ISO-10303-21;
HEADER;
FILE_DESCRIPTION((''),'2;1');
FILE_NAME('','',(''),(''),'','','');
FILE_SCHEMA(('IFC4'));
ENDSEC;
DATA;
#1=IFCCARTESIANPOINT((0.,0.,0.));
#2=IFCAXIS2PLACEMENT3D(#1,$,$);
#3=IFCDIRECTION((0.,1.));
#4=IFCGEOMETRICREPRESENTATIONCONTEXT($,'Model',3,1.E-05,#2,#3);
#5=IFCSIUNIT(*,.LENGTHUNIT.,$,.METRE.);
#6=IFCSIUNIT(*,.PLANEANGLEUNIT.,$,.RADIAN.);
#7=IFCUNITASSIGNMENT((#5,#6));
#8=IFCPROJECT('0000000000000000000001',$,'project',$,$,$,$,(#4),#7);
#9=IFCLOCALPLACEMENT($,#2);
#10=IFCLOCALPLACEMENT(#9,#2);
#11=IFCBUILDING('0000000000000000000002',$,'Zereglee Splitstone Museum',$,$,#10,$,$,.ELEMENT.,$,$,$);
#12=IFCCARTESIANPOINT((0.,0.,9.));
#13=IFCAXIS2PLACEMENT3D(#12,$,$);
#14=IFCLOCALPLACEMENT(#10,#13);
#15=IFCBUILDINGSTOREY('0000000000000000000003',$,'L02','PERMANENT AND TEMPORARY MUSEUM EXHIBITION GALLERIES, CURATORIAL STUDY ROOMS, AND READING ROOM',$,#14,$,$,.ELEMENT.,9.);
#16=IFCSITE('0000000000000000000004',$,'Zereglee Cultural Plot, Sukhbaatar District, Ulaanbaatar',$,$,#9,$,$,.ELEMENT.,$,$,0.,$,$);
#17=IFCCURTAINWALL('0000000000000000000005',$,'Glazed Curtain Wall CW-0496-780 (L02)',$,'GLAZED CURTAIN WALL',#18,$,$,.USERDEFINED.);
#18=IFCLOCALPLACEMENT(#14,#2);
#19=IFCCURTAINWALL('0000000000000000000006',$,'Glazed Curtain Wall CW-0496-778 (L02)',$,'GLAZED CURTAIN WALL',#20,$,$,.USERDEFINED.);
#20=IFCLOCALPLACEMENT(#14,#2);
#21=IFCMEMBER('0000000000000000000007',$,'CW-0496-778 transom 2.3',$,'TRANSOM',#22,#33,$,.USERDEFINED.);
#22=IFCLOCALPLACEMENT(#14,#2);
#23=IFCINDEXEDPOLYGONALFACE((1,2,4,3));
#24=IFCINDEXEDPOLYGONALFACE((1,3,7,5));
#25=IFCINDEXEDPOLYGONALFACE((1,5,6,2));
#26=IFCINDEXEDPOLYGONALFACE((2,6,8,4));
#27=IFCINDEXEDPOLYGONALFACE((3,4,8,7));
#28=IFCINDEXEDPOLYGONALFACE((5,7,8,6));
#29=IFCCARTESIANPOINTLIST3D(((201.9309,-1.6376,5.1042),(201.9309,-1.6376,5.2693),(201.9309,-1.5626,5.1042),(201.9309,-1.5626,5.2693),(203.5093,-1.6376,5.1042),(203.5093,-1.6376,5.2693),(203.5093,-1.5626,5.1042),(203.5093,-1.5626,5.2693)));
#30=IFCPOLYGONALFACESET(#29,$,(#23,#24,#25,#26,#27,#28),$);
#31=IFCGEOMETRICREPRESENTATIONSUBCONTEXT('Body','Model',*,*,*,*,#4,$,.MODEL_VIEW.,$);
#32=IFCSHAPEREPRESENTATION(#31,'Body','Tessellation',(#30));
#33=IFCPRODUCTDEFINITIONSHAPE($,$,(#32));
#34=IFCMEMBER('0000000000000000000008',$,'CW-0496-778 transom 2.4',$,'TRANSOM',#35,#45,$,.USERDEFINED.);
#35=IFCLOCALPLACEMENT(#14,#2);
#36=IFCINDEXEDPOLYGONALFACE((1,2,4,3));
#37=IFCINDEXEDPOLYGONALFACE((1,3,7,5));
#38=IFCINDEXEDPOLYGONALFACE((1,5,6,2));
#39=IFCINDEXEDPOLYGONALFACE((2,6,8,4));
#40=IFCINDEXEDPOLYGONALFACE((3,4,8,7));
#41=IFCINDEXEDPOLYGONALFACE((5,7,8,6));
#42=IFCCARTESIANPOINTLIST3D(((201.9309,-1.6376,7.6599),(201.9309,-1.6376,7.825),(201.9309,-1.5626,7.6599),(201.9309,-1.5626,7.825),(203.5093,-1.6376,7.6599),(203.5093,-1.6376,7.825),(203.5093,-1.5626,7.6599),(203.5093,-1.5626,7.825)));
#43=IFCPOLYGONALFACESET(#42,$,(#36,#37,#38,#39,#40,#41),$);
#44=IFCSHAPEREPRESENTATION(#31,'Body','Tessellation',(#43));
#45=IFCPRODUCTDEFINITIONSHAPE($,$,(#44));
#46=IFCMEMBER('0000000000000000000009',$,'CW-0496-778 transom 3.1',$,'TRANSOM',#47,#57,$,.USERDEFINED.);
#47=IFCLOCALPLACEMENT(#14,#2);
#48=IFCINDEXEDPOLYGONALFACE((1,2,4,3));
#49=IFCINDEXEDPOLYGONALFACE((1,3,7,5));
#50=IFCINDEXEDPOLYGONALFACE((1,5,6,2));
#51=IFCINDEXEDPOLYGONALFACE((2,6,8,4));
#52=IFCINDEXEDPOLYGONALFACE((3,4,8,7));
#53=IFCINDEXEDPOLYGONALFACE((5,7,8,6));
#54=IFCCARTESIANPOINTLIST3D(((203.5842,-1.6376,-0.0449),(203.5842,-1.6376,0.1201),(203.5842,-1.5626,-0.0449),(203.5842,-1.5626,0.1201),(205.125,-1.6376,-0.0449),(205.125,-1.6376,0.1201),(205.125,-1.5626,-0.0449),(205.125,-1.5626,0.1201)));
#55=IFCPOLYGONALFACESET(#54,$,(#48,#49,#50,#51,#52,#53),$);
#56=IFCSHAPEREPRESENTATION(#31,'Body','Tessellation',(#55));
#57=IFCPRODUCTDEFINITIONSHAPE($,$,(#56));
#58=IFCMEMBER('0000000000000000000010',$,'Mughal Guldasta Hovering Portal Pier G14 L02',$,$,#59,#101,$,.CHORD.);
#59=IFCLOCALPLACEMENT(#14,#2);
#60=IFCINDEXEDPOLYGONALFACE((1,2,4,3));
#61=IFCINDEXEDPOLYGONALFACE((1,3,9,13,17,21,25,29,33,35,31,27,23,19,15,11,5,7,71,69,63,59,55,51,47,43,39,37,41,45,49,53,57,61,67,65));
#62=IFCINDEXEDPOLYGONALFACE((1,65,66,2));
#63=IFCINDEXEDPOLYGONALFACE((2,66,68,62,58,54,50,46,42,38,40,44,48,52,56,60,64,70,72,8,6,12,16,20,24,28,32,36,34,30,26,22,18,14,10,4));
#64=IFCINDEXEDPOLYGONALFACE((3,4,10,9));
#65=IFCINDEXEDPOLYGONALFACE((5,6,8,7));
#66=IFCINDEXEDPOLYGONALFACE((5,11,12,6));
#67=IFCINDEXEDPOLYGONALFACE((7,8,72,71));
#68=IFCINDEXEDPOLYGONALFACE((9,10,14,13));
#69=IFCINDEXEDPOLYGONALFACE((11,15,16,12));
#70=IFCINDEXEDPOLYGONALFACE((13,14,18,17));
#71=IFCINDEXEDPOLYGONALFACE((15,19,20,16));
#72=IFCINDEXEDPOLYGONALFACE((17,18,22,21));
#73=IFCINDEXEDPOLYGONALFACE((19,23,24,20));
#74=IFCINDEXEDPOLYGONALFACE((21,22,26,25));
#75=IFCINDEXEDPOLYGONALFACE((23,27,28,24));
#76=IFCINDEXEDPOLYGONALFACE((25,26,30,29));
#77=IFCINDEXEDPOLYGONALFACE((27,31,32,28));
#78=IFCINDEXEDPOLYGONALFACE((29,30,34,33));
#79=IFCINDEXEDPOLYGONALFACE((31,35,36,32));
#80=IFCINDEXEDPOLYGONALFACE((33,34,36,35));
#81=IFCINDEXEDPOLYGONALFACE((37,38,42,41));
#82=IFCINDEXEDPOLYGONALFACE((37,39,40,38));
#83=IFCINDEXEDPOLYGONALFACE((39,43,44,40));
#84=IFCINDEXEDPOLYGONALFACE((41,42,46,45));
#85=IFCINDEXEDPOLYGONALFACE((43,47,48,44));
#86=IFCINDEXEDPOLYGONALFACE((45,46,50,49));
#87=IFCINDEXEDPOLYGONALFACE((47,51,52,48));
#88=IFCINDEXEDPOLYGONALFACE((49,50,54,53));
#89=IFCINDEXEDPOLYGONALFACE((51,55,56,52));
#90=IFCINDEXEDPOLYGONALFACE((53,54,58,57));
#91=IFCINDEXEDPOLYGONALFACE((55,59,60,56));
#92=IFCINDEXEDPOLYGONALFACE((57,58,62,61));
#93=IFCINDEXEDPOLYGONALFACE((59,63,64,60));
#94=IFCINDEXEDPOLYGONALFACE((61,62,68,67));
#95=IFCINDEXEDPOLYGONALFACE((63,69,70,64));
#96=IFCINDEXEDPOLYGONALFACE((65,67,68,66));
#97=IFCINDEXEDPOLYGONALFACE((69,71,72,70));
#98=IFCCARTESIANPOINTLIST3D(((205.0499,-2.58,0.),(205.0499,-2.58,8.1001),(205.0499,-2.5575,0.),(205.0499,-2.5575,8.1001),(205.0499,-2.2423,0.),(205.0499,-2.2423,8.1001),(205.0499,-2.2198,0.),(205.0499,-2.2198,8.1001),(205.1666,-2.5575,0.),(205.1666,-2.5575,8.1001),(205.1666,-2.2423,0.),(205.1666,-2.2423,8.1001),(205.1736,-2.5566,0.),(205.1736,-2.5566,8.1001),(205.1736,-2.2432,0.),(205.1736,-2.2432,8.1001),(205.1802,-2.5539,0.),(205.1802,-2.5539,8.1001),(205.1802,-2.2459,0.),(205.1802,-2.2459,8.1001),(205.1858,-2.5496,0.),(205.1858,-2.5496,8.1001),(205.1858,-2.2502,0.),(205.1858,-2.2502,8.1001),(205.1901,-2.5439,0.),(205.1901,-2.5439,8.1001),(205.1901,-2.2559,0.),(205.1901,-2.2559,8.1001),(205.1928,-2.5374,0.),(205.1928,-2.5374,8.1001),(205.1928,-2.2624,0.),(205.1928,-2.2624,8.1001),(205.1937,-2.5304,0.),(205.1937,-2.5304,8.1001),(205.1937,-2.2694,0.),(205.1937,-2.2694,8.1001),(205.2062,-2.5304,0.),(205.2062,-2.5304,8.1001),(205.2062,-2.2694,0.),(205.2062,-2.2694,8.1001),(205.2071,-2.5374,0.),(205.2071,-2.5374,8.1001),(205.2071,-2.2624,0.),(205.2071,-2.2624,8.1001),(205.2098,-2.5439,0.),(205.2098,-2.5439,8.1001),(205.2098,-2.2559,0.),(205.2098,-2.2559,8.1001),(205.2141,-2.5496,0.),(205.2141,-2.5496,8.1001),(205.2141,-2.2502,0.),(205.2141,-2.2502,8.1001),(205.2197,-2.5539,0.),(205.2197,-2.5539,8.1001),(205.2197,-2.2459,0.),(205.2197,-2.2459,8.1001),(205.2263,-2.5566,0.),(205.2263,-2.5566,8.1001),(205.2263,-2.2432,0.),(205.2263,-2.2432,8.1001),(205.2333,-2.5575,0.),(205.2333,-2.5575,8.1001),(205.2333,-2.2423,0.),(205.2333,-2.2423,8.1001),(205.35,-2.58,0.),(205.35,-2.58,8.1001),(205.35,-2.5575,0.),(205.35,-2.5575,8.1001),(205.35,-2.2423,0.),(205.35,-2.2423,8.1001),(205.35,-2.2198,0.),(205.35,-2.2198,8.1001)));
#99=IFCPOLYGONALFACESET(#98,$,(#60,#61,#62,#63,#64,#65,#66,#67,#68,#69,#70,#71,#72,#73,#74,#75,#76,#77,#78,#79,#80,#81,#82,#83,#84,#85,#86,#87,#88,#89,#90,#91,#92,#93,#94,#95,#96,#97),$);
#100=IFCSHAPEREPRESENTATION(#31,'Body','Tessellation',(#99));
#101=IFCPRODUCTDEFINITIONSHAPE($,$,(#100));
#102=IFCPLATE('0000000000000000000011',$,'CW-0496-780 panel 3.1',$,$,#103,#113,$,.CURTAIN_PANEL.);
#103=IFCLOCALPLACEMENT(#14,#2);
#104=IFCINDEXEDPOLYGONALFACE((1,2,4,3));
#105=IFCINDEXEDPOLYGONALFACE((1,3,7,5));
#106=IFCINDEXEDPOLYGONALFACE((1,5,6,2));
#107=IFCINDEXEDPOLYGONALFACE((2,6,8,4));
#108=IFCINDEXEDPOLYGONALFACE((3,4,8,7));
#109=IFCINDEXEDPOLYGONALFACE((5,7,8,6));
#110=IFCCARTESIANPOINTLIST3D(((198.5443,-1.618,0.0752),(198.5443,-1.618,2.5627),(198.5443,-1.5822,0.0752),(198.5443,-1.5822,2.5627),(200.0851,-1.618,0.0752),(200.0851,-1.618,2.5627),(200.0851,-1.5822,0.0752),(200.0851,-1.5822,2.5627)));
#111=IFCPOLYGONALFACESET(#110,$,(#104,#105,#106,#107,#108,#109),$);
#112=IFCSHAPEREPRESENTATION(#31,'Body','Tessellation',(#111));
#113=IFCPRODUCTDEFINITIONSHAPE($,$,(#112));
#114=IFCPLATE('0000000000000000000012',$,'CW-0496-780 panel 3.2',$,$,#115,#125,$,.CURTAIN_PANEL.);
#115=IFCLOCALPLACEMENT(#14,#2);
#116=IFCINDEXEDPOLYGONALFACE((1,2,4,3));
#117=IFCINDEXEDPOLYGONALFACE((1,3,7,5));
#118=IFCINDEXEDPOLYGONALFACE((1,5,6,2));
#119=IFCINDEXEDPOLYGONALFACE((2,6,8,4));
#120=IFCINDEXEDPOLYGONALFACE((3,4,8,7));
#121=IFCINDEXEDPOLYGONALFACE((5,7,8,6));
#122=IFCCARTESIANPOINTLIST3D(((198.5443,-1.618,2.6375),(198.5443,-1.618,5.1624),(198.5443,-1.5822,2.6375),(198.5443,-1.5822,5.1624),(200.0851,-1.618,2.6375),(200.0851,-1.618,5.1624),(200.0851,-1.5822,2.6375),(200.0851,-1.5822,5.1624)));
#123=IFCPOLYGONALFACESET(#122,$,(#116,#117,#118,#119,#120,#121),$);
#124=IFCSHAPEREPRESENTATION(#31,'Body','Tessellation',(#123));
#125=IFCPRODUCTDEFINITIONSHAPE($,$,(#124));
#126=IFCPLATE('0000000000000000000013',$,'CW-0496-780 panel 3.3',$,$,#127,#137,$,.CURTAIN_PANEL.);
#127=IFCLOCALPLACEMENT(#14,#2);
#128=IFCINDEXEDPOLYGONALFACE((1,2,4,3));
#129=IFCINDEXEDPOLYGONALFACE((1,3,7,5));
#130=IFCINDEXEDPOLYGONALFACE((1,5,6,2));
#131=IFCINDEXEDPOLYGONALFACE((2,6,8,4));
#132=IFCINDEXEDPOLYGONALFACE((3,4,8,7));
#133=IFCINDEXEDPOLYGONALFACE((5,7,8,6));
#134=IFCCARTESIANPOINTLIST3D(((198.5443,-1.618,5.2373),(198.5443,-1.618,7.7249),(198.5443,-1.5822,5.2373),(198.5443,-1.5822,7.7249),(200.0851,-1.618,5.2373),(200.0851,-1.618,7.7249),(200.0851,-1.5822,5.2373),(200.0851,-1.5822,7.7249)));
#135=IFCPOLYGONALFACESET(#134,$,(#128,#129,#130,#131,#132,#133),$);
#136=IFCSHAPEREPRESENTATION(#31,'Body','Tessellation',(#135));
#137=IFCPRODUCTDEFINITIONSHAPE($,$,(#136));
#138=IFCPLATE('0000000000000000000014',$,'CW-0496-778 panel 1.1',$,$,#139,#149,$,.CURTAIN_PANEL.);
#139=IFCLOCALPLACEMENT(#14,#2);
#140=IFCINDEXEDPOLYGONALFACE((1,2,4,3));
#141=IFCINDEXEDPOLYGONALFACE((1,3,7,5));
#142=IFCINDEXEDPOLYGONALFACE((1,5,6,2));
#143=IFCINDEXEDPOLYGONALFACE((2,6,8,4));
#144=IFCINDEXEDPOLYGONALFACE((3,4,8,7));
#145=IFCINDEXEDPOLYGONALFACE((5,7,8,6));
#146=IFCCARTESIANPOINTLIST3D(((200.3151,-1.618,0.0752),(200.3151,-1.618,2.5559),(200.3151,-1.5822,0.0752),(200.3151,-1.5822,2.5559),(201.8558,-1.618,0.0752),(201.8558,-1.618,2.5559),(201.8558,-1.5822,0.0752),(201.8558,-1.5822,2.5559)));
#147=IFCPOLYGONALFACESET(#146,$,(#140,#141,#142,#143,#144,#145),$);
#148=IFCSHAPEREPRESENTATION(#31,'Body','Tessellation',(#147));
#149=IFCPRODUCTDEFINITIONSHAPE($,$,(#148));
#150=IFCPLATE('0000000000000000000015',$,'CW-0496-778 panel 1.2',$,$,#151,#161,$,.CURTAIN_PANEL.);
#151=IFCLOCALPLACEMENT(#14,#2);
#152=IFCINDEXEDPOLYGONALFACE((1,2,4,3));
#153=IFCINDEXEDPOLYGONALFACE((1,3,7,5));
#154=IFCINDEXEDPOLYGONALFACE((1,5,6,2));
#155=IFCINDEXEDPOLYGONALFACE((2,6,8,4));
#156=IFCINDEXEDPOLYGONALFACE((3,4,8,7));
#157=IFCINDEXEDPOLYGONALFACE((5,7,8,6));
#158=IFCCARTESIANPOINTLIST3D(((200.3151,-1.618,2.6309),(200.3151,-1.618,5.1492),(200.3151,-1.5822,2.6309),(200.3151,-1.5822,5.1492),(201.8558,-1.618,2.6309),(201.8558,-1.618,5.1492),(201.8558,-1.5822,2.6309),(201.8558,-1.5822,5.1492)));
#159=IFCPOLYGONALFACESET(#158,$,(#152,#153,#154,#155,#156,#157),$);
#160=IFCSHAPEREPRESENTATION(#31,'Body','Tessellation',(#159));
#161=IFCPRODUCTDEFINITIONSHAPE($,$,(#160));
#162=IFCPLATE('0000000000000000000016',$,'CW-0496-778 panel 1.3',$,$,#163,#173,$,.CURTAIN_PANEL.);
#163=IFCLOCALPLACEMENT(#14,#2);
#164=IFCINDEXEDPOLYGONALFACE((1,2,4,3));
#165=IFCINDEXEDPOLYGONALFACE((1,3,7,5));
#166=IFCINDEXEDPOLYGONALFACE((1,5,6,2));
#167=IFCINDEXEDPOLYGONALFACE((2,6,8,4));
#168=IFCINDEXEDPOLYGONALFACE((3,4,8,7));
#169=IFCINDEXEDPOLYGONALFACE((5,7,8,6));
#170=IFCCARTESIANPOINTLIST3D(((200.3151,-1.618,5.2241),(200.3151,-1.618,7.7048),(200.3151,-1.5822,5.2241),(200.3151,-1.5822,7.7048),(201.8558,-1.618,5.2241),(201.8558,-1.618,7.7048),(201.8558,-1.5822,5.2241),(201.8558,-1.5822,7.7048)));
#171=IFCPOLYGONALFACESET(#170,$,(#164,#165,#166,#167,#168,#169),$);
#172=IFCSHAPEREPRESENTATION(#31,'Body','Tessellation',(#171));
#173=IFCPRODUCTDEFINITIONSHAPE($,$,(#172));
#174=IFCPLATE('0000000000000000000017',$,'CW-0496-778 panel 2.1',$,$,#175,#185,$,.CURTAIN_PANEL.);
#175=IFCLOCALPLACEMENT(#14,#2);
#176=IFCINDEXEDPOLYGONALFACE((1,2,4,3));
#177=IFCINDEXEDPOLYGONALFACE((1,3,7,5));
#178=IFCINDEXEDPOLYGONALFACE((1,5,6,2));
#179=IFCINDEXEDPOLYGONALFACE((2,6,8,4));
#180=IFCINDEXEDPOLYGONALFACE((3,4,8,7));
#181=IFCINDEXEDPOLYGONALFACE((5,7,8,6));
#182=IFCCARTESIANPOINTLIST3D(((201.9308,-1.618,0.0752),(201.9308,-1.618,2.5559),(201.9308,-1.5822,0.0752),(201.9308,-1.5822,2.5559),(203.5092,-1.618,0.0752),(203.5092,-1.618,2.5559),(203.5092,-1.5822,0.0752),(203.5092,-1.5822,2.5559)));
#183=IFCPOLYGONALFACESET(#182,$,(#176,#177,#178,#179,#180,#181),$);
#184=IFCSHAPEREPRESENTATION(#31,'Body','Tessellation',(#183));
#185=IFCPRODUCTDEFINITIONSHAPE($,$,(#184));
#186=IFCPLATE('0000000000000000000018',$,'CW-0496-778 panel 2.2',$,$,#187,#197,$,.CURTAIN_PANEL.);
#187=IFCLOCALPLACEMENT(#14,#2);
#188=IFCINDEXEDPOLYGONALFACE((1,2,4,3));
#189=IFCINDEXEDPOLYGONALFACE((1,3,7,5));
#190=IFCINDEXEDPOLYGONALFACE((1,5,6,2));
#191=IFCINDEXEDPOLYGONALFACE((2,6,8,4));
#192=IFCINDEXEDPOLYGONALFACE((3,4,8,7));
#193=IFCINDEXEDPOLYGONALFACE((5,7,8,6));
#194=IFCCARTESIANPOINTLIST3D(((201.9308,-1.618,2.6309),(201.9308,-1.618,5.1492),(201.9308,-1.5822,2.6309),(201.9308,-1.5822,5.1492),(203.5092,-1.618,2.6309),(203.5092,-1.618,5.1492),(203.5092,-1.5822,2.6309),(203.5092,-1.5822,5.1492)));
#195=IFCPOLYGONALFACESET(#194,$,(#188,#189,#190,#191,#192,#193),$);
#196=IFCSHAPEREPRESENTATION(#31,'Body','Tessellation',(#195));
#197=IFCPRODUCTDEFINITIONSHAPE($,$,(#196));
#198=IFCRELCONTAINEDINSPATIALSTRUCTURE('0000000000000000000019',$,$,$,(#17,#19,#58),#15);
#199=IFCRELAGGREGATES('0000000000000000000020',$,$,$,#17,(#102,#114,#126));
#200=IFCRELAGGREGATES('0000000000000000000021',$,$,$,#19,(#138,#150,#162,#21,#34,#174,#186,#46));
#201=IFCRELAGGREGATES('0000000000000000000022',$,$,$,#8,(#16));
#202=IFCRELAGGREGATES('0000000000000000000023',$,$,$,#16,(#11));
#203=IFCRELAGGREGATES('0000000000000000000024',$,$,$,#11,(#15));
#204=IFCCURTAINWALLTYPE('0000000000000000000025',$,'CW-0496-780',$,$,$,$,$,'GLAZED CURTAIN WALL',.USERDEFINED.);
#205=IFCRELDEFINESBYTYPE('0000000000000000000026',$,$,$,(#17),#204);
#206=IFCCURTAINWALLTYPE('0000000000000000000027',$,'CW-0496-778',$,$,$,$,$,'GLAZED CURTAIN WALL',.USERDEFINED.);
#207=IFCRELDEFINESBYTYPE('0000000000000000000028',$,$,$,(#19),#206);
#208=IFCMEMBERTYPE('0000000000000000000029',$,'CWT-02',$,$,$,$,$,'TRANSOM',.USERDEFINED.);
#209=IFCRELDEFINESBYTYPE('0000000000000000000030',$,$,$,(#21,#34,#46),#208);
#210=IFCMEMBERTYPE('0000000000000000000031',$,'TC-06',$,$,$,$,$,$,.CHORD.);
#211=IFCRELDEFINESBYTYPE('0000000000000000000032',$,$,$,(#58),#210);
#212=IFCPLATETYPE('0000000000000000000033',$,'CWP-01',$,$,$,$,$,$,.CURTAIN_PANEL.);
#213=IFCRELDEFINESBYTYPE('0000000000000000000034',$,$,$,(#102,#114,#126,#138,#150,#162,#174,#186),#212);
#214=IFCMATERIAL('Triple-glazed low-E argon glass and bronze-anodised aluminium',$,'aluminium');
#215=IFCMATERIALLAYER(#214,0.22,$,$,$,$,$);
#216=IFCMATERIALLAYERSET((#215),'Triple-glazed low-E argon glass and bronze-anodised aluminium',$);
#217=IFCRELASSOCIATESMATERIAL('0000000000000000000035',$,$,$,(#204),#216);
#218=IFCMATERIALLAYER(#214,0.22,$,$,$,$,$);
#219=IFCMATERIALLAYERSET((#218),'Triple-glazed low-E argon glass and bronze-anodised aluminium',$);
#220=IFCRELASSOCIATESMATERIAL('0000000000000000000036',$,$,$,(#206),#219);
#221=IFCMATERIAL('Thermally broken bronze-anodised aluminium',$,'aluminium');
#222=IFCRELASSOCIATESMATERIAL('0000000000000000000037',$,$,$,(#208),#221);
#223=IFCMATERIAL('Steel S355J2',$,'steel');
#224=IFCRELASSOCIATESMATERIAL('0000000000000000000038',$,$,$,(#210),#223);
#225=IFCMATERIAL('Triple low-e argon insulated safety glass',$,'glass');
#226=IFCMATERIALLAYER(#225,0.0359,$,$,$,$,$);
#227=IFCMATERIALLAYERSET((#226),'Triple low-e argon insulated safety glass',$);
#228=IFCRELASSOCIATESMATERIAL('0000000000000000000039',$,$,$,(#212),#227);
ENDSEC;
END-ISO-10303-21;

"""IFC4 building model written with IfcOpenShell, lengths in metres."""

from ifc_helpers import new_model, si_unit, direction, frame, origin, origin_2d, place, context, subcontext, project, spatial, rectangle, i_section, extrude, material, layer, layer_set, material_profile, profile_set, type_object, element, aggregate, save


model = new_model("IFC4")

# Units and contexts
model_context = context("Model", 3, precision=1e-05, world=origin(), true_north=direction((0.0, 1.0)))
body_context = subcontext(model_context, "Body", "Model", "MODEL_VIEW")
ifc_project = project(units=[si_unit("LENGTHUNIT", "METRE"), si_unit("PLANEANGLEUNIT", "RADIAN")], contexts=[model_context])

# Site, building, storey
site_placement = place(None, origin())
site = spatial("IfcSite", under=ifc_project, at=site_placement, Name="Zereglee Cultural Plot, Sukhbaatar District, Ulaanbaatar", CompositionType="ELEMENT", RefElevation=0.0)
building_placement = place(site_placement, origin())
building = spatial("IfcBuilding", under=site, at=building_placement, Name="Zereglee Splitstone Museum", CompositionType="ELEMENT")
storey_placement = place(building_placement, frame((0.0, 0.0, 9.0)))
storey = spatial("IfcBuildingStorey", under=building, at=storey_placement, Name="L02", Description="PERMANENT AND TEMPORARY MUSEUM EXHIBITION GALLERIES, CURATORIAL STUDY ROOMS, AND READING ROOM", CompositionType="ELEMENT", Elevation=9.0)

# Curtain walls
ifc_material_1 = material(Name="Triple-glazed low-E argon glass and bronze-anodised aluminium", Category="aluminium")
ifc_layer_1 = layer(ifc_material_1, 0.22)
ifc_layer_set_1 = layer_set([ifc_layer_1], Name="Triple-glazed low-E argon glass and bronze-anodised aluminium")
curtain_wall_type_1 = type_object("IfcCurtainWallType", Name="CW-0496-780", ElementType="GLAZED CURTAIN WALL", PredefinedType="USERDEFINED", material=ifc_layer_set_1)
curtain_wall_1_placement = place(storey_placement, origin())
curtain_wall_1 = element("IfcCurtainWall", 1, at=curtain_wall_1_placement, inside=storey, type_object=curtain_wall_type_1, Name="Glazed Curtain Wall CW-0496-780 (L02)", ObjectType="GLAZED CURTAIN WALL", PredefinedType="USERDEFINED")
ifc_material_2 = material(Name="Thermally broken bronze-anodised aluminium", Category="aluminium")
ifc_layer_2 = layer(ifc_material_1, 0.22)
ifc_layer_set_2 = layer_set([ifc_layer_2], Name="Triple-glazed low-E argon glass and bronze-anodised aluminium")
curtain_wall_type_2 = type_object("IfcCurtainWallType", Name="CW-0496-778", ElementType="GLAZED CURTAIN WALL", PredefinedType="USERDEFINED", material=ifc_layer_set_2)
curtain_wall_2_placement = place(storey_placement, origin())
curtain_wall_2 = element("IfcCurtainWall", 2, at=curtain_wall_2_placement, inside=storey, type_object=curtain_wall_type_2, Name="Glazed Curtain Wall CW-0496-778 (L02)", ObjectType="GLAZED CURTAIN WALL", PredefinedType="USERDEFINED")

# Members
ifc_material_profile_1 = material_profile(ifc_material_2, rectangle(XDim=0.075, YDim=0.165, at=origin_2d()), Name="CW TRAN 75x165")
ifc_profile_set_1 = profile_set([ifc_material_profile_1], Name="Thermally broken bronze-anodised aluminium")
member_type_1 = type_object("IfcMemberType", Name="CWT-02", ElementType="TRANSOM", PredefinedType="USERDEFINED", material=ifc_profile_set_1)
member_1_placement = place(storey_placement, frame((201.9309, -1.6001, 5.1868), z_axis=(1.0, 0.0, 0.0), x_axis=(0.0, 1.0, 0.0)))
member_1 = element("IfcMember", 3, at=member_1_placement, type_object=member_type_1, Name="CW-0496-778 transom 2.3", ObjectType="TRANSOM", PredefinedType="USERDEFINED", context=body_context, shape_type="SweptSolid", body=[
    extrude(rectangle(XDim=0.075, YDim=0.165, at=origin_2d()), origin(), (0.0, 0.0, 1.0), 1.5784),
])
member_2_placement = place(storey_placement, frame((201.9309, -1.6001, 7.7424), z_axis=(1.0, 0.0, 0.0), x_axis=(0.0, 1.0, 0.0)))
member_2 = element("IfcMember", 4, at=member_2_placement, type_object=member_type_1, Name="CW-0496-778 transom 2.4", ObjectType="TRANSOM", PredefinedType="USERDEFINED", context=body_context, shape_type="SweptSolid", body=[
    extrude(rectangle(XDim=0.075, YDim=0.165, at=origin_2d()), origin(), (0.0, 0.0, 1.0), 1.5784),
])
member_3_placement = place(storey_placement, frame((203.5842, -1.6001, 0.0376), z_axis=(1.0, 0.0, 0.0), x_axis=(0.0, 1.0, 0.0)))
member_3 = element("IfcMember", 5, at=member_3_placement, type_object=member_type_1, Name="CW-0496-778 transom 3.1", ObjectType="TRANSOM", PredefinedType="USERDEFINED", context=body_context, shape_type="SweptSolid", body=[
    extrude(rectangle(XDim=0.075, YDim=0.165, at=origin_2d()), origin(), (0.0, 0.0, 1.0), 1.5408),
])
ifc_material_3 = material(Name="Steel S355J2", Category="steel")
ifc_material_profile_2 = material_profile(ifc_material_3, i_section(OverallWidth=0.3, OverallDepth=0.3601, WebThickness=0.0125, FlangeThickness=0.0225, FilletRadius=0.0271, at=origin_2d()), Name="HE 360 B")
ifc_profile_set_2 = profile_set([ifc_material_profile_2], Name="Steel S355J2")
member_type_2 = type_object("IfcMemberType", Name="TC-06", PredefinedType="CHORD", material=ifc_profile_set_2)
member_4_placement = place(storey_placement, frame((205.2, -2.3999, 0.0), z_axis=(0.0, 0.0, 1.0), x_axis=(1.0, 0.0, 0.0)))
element("IfcMember", 6, at=member_4_placement, inside=storey, type_object=member_type_2, Name="Mughal Guldasta Hovering Portal Pier G14 L02", PredefinedType="CHORD", context=body_context, shape_type="SweptSolid", body=[
    extrude(i_section(OverallWidth=0.3, OverallDepth=0.3601, WebThickness=0.0125, FlangeThickness=0.0225, FilletRadius=0.0271, at=origin_2d()), origin(), (0.0, 0.0, 1.0), 8.1001),
])

# Plates
ifc_material_4 = material(Name="Triple low-e argon insulated safety glass", Category="glass")
ifc_layer_3 = layer(ifc_material_4, 0.0359)
ifc_layer_set_3 = layer_set([ifc_layer_3], Name="Triple low-e argon insulated safety glass")
plate_type = type_object("IfcPlateType", Name="CWP-01", PredefinedType="CURTAIN_PANEL", material=ifc_layer_set_3)
plate_1_placement = place(storey_placement, frame((199.3147, -1.6001, 0.0752), z_axis=(0.0, 0.0, 1.0), x_axis=(1.0, 0.0, 0.0)))
plate_1 = element("IfcPlate", 7, at=plate_1_placement, type_object=plate_type, Name="CW-0496-780 panel 3.1", PredefinedType="CURTAIN_PANEL", context=body_context, shape_type="SweptSolid", body=[
    extrude(rectangle(XDim=1.5408, YDim=0.0359, at=origin_2d()), origin(), (0.0, 0.0, 1.0), 2.4875),
])
plate_2_placement = place(storey_placement, frame((199.3147, -1.6001, 2.6375), z_axis=(0.0, 0.0, 1.0), x_axis=(1.0, 0.0, 0.0)))
plate_2 = element("IfcPlate", 8, at=plate_2_placement, type_object=plate_type, Name="CW-0496-780 panel 3.2", PredefinedType="CURTAIN_PANEL", context=body_context, shape_type="SweptSolid", body=[
    extrude(rectangle(XDim=1.5408, YDim=0.0359, at=origin_2d()), origin(), (0.0, 0.0, 1.0), 2.5249),
])
plate_3_placement = place(storey_placement, frame((199.3147, -1.6001, 5.2373), z_axis=(0.0, 0.0, 1.0), x_axis=(1.0, 0.0, 0.0)))
plate_3 = element("IfcPlate", 9, at=plate_3_placement, type_object=plate_type, Name="CW-0496-780 panel 3.3", PredefinedType="CURTAIN_PANEL", context=body_context, shape_type="SweptSolid", body=[
    extrude(rectangle(XDim=1.5408, YDim=0.0359, at=origin_2d()), origin(), (0.0, 0.0, 1.0), 2.4875),
])
aggregate(curtain_wall_1, [plate_1, plate_2, plate_3])
plate_4_placement = place(storey_placement, frame((201.0854, -1.6001, 0.0752), z_axis=(0.0, 0.0, 1.0), x_axis=(1.0, 0.0, 0.0)))
plate_4 = element("IfcPlate", 10, at=plate_4_placement, type_object=plate_type, Name="CW-0496-778 panel 1.1", PredefinedType="CURTAIN_PANEL", context=body_context, shape_type="SweptSolid", body=[
    extrude(rectangle(XDim=1.5408, YDim=0.0359, at=origin_2d()), origin(), (0.0, 0.0, 1.0), 2.4807),
])
plate_5_placement = place(storey_placement, frame((201.0854, -1.6001, 2.6309), z_axis=(0.0, 0.0, 1.0), x_axis=(1.0, 0.0, 0.0)))
plate_5 = element("IfcPlate", 11, at=plate_5_placement, type_object=plate_type, Name="CW-0496-778 panel 1.2", PredefinedType="CURTAIN_PANEL", context=body_context, shape_type="SweptSolid", body=[
    extrude(rectangle(XDim=1.5408, YDim=0.0359, at=origin_2d()), origin(), (0.0, 0.0, 1.0), 2.5183),
])
plate_6_placement = place(storey_placement, frame((201.0854, -1.6001, 5.2241), z_axis=(0.0, 0.0, 1.0), x_axis=(1.0, 0.0, 0.0)))
plate_6 = element("IfcPlate", 12, at=plate_6_placement, type_object=plate_type, Name="CW-0496-778 panel 1.3", PredefinedType="CURTAIN_PANEL", context=body_context, shape_type="SweptSolid", body=[
    extrude(rectangle(XDim=1.5408, YDim=0.0359, at=origin_2d()), origin(), (0.0, 0.0, 1.0), 2.4807),
])
plate_7_placement = place(storey_placement, frame((202.72, -1.6001, 0.0752), z_axis=(0.0, 0.0, 1.0), x_axis=(1.0, 0.0, 0.0)))
plate_7 = element("IfcPlate", 13, at=plate_7_placement, type_object=plate_type, Name="CW-0496-778 panel 2.1", PredefinedType="CURTAIN_PANEL", context=body_context, shape_type="SweptSolid", body=[
    extrude(rectangle(XDim=1.5784, YDim=0.0359, at=origin_2d()), origin(), (0.0, 0.0, 1.0), 2.4807),
])
plate_8_placement = place(storey_placement, frame((202.72, -1.6001, 2.6309), z_axis=(0.0, 0.0, 1.0), x_axis=(1.0, 0.0, 0.0)))
plate_8 = element("IfcPlate", 14, at=plate_8_placement, type_object=plate_type, Name="CW-0496-778 panel 2.2", PredefinedType="CURTAIN_PANEL", context=body_context, shape_type="SweptSolid", body=[
    extrude(rectangle(XDim=1.5784, YDim=0.0359, at=origin_2d()), origin(), (0.0, 0.0, 1.0), 2.5183),
])
aggregate(curtain_wall_2, [plate_4, plate_5, plate_6, member_1, member_2, plate_7, plate_8, member_3])

save(model, "model.ifc")
